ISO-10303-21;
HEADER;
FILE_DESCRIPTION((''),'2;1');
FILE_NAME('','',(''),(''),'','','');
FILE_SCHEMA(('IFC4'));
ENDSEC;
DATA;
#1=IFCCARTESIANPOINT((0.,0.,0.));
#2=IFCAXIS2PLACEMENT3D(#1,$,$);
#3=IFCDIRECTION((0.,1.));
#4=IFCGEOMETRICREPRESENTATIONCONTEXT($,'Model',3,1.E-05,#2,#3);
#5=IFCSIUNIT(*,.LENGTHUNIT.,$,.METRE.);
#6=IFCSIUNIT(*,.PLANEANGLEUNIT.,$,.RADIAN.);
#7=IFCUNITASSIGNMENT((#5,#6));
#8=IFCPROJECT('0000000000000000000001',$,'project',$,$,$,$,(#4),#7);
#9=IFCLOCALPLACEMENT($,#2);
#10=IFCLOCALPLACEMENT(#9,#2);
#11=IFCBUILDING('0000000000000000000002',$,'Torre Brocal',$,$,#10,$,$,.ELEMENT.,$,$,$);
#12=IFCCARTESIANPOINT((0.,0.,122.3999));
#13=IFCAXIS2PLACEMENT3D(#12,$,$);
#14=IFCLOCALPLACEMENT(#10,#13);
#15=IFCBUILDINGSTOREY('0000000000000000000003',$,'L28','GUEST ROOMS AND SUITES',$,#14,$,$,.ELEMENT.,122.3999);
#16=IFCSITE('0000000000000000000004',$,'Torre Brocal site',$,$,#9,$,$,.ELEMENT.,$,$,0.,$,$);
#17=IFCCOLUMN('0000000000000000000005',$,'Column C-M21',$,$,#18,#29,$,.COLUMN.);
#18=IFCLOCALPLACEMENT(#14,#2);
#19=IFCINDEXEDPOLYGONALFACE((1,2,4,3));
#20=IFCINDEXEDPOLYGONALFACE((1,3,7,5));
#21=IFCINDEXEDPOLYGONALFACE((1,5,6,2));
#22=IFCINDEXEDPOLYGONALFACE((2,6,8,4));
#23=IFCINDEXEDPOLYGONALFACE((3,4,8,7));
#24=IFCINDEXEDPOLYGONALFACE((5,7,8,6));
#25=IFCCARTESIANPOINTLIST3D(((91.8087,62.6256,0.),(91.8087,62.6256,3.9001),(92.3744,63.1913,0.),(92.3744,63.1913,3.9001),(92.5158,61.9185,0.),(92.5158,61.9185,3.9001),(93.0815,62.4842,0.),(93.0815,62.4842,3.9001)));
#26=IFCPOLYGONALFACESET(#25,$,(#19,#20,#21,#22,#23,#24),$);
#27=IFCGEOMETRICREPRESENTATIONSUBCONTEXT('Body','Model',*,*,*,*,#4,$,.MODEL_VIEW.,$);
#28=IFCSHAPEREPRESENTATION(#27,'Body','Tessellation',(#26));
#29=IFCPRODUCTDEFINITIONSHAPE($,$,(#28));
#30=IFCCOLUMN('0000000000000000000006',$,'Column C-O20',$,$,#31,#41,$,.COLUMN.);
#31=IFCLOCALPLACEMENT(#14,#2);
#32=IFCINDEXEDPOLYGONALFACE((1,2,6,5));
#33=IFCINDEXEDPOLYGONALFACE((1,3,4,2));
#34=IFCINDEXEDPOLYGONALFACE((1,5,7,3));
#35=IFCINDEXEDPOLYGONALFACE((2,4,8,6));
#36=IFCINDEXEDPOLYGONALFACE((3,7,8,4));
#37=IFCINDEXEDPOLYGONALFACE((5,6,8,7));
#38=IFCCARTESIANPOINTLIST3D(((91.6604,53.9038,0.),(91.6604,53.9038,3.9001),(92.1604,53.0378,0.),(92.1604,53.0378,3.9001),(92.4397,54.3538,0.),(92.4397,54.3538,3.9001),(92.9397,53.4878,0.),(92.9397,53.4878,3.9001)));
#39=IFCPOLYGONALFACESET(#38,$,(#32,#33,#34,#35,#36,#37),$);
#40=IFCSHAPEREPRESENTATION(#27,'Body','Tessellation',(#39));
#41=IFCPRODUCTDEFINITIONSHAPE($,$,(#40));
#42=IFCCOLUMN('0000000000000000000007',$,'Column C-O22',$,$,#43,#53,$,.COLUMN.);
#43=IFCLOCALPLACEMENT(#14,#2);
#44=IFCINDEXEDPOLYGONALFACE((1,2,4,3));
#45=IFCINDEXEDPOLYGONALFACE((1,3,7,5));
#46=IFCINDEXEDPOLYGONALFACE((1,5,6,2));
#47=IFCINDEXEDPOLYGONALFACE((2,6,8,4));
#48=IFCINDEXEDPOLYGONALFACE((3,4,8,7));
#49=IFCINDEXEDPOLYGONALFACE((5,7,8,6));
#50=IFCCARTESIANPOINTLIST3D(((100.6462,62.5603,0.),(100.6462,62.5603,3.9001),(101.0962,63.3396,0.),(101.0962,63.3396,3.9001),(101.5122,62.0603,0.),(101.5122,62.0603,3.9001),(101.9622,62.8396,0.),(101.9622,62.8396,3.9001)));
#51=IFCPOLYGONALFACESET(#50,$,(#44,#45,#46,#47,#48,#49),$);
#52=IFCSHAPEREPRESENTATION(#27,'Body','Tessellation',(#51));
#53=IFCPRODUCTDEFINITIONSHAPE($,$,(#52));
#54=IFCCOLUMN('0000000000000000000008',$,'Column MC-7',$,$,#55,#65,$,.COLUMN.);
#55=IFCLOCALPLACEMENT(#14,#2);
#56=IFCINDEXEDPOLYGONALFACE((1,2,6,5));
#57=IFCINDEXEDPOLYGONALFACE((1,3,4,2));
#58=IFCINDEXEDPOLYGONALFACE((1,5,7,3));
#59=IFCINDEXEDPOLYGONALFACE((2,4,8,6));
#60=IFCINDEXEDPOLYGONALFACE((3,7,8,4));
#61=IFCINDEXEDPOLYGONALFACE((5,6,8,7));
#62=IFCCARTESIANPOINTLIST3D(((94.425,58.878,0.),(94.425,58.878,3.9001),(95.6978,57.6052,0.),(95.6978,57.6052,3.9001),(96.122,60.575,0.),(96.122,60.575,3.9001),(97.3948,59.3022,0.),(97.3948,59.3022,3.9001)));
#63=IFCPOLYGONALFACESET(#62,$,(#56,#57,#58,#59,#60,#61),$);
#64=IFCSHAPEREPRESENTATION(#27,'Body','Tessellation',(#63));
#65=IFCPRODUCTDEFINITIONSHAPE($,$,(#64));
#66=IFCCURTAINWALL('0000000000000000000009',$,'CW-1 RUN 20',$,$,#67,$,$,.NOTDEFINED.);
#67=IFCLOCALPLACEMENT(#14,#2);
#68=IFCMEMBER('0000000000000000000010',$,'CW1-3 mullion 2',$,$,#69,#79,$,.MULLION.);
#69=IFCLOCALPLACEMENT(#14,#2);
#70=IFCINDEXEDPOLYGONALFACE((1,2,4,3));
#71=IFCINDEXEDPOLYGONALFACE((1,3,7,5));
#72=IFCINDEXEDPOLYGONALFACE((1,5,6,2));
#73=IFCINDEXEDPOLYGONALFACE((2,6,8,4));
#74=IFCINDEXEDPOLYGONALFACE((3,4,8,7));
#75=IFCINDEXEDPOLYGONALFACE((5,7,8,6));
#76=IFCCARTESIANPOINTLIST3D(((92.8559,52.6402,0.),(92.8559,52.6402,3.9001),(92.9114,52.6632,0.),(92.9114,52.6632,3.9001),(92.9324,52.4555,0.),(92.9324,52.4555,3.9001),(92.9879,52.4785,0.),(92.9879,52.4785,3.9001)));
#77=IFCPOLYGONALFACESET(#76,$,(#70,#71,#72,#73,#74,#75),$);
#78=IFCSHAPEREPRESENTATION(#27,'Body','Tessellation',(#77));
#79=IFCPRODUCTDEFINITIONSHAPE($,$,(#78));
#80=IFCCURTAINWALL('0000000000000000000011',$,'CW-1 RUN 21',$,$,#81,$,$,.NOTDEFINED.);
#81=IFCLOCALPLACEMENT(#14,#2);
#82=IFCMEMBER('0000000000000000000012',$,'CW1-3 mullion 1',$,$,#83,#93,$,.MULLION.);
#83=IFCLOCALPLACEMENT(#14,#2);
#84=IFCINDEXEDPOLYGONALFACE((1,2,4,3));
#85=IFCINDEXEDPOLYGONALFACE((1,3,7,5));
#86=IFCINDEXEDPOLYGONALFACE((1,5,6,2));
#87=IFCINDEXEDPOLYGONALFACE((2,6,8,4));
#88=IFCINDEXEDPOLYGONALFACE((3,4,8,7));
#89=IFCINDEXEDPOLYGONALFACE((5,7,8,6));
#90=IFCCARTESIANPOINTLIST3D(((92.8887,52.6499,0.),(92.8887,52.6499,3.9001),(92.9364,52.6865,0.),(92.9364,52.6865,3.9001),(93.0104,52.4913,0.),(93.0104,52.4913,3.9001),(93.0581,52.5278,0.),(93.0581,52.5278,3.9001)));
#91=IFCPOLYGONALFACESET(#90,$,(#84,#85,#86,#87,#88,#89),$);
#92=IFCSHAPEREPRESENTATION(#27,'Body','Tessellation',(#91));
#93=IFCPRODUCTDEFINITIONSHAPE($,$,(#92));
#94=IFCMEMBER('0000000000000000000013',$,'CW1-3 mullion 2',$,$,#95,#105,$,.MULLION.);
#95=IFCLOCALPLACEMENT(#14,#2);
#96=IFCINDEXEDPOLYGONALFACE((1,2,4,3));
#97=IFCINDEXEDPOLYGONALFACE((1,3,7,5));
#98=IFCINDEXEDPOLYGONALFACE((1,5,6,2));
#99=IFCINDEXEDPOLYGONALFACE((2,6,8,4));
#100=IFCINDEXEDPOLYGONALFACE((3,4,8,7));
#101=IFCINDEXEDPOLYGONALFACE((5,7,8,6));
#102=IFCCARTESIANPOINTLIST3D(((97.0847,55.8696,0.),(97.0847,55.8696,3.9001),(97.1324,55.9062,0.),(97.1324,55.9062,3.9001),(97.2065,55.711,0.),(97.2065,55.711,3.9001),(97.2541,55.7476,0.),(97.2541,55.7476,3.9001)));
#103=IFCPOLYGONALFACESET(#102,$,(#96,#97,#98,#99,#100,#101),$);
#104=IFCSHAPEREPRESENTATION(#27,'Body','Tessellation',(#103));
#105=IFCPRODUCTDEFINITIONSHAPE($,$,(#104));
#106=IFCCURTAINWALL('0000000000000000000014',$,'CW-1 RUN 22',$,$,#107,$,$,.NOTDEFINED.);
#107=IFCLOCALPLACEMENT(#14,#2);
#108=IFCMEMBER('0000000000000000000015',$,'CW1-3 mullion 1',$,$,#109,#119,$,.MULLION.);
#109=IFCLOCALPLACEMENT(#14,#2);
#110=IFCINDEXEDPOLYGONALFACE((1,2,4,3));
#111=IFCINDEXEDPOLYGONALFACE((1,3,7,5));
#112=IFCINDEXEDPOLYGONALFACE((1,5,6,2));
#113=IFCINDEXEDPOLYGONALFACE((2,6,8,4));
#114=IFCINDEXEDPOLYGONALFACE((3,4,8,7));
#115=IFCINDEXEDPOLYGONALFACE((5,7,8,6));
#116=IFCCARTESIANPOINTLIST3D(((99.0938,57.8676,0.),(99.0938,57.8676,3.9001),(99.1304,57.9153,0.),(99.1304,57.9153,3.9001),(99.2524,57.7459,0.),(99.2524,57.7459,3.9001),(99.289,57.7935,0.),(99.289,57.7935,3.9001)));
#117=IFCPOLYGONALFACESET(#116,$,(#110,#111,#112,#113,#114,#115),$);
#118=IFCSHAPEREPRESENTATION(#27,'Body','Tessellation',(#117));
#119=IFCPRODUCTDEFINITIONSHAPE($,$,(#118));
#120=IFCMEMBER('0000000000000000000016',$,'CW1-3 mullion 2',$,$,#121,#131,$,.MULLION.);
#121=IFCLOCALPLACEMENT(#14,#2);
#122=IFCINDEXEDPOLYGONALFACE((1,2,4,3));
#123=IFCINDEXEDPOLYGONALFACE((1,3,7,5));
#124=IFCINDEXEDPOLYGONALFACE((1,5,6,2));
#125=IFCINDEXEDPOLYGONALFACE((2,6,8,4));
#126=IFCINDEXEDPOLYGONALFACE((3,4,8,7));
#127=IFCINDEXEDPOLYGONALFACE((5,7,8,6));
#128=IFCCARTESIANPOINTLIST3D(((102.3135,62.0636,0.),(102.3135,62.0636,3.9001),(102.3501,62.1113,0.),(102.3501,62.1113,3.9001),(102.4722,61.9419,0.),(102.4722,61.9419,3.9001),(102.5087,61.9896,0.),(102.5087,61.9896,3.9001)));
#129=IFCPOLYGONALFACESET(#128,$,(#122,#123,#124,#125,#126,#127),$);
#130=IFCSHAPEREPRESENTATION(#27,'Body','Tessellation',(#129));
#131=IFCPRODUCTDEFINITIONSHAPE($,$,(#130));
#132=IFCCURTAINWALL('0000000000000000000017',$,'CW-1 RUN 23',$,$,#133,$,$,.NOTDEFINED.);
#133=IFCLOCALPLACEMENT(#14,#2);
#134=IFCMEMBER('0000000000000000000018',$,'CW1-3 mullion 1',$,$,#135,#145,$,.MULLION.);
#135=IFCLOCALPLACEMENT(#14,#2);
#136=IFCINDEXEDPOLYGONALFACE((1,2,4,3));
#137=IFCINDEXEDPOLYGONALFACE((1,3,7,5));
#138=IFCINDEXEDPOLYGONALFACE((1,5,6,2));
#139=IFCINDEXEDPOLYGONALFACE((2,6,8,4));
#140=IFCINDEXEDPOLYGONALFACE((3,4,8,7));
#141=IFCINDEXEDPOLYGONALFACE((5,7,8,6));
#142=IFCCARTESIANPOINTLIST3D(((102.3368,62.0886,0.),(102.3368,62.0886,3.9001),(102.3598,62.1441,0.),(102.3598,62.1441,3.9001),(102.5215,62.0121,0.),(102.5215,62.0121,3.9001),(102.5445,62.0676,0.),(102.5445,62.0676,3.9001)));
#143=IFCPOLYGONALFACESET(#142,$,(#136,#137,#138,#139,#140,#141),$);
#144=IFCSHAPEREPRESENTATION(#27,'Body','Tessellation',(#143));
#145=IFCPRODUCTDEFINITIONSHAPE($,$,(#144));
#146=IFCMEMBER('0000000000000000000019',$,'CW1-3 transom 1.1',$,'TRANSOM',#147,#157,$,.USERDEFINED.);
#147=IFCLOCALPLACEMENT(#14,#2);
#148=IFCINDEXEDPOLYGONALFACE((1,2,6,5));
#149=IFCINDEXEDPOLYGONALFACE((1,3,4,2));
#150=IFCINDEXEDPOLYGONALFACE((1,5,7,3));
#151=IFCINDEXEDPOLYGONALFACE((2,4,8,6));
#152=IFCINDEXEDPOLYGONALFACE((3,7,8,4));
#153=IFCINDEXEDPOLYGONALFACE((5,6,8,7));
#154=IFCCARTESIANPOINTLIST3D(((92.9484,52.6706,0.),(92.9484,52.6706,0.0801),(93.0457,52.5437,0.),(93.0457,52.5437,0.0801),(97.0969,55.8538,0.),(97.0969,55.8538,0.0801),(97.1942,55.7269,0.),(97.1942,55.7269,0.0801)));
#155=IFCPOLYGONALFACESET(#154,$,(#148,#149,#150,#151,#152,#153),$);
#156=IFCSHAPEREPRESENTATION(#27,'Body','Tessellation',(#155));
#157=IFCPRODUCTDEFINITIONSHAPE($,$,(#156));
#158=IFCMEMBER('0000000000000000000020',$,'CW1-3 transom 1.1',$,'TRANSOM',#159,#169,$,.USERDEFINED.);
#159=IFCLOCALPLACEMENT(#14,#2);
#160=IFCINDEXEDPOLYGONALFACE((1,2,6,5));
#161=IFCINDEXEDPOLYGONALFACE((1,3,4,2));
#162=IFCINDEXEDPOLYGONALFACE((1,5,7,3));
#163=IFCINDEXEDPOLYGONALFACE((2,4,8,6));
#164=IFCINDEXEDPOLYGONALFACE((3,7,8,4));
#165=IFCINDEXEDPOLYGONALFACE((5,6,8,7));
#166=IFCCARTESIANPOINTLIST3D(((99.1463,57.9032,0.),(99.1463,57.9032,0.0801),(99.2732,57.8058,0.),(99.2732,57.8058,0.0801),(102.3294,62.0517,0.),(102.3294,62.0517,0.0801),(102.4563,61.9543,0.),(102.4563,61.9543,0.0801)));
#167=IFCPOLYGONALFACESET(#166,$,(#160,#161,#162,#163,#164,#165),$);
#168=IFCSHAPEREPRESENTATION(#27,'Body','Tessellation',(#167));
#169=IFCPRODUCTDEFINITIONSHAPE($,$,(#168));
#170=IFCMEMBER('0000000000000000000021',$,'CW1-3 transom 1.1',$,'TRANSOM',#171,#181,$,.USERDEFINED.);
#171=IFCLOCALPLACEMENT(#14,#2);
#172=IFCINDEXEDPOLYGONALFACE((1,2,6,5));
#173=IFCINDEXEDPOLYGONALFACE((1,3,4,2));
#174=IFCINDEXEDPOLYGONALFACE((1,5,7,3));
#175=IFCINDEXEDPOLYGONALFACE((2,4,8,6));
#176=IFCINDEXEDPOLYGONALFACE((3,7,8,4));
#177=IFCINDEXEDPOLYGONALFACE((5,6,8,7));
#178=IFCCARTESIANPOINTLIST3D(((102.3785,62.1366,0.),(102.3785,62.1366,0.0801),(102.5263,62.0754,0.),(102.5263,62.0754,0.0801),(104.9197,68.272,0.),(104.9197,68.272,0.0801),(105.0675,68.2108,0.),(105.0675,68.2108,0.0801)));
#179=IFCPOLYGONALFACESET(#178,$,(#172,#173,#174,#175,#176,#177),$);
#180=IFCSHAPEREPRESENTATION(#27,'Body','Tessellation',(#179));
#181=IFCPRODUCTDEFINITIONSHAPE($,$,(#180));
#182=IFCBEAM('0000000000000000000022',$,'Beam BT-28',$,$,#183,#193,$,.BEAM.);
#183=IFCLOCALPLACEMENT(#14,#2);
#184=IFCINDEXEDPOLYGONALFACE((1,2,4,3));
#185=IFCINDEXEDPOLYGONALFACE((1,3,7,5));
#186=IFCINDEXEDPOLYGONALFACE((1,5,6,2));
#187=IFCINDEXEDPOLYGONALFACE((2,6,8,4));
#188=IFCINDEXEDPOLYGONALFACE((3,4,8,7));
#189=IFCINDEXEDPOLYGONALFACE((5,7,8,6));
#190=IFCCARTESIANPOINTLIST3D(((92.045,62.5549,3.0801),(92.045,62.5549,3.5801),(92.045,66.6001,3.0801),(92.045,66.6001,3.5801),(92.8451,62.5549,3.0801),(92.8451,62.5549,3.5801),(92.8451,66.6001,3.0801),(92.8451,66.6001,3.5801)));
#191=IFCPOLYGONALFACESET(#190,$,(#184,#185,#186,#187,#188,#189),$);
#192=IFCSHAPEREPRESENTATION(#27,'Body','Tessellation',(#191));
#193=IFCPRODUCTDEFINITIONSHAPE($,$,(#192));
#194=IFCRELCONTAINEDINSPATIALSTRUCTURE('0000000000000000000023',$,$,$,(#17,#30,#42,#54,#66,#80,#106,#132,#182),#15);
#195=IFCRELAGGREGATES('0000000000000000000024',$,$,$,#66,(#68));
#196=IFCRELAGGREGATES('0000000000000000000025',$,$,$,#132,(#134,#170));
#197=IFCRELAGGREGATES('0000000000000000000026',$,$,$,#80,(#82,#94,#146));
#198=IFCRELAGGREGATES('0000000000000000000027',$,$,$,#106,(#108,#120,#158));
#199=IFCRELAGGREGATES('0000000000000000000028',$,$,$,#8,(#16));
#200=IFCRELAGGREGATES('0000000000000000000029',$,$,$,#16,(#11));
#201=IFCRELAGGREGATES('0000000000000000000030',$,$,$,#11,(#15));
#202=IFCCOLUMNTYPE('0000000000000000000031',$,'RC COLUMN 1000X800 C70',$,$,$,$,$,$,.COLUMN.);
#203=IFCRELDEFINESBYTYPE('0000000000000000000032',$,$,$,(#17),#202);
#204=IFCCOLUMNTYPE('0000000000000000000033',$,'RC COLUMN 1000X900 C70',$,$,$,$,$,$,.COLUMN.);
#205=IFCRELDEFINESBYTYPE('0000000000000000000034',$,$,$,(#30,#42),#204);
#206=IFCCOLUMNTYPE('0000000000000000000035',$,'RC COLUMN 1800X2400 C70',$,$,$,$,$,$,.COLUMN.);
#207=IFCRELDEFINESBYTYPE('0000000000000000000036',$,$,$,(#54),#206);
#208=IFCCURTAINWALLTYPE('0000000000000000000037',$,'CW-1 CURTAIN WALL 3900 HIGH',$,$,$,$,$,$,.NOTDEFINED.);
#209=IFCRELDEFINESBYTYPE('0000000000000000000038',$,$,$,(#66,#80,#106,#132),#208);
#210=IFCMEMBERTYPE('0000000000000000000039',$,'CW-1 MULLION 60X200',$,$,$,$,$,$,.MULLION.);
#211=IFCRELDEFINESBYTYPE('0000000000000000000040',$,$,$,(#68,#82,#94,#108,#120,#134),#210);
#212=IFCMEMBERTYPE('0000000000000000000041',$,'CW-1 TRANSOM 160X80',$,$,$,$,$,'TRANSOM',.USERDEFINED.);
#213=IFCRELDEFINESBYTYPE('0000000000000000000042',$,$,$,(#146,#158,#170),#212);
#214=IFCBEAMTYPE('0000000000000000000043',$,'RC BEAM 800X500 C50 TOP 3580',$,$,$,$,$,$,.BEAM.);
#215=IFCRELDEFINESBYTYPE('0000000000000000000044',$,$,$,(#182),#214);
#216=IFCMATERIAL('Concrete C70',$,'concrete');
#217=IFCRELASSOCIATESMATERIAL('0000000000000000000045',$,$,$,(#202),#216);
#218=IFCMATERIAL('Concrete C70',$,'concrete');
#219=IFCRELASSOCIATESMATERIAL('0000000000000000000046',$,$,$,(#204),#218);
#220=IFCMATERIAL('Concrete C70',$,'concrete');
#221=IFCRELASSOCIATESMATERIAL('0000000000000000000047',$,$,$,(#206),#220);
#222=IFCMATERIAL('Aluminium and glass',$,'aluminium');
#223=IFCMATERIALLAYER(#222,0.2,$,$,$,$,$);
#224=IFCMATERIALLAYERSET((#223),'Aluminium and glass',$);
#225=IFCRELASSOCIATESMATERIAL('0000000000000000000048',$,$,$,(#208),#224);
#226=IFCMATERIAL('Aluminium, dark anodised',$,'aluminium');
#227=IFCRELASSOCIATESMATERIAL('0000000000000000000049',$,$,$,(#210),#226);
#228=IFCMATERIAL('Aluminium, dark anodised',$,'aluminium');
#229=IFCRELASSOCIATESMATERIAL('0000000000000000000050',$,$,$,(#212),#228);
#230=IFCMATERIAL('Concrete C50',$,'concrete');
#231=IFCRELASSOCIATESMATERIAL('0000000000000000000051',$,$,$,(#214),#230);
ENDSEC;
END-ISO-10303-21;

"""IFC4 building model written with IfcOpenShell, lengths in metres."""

from ifc_helpers import new_model, si_unit, direction, frame, origin, origin_2d, place, context, subcontext, project, spatial, rectangle, extrude, material, layer, layer_set, material_profile, profile_set, type_object, element, aggregate, save


model = new_model("IFC4")

# Units and contexts
model_context = context("Model", 3, precision=1e-05, world=origin(), true_north=direction((0.0, 1.0)))
body_context = subcontext(model_context, "Body", "Model", "MODEL_VIEW")
ifc_project = project(units=[si_unit("LENGTHUNIT", "METRE"), si_unit("PLANEANGLEUNIT", "RADIAN")], contexts=[model_context])

# Site, building, storey
site_placement = place(None, origin())
site = spatial("IfcSite", under=ifc_project, at=site_placement, Name="Torre Brocal site", CompositionType="ELEMENT", RefElevation=0.0)
building_placement = place(site_placement, origin())
building = spatial("IfcBuilding", under=site, at=building_placement, Name="Torre Brocal", CompositionType="ELEMENT")
storey_placement = place(building_placement, frame((0.0, 0.0, 122.3999)))
storey = spatial("IfcBuildingStorey", under=building, at=storey_placement, Name="L28", Description="GUEST ROOMS AND SUITES", CompositionType="ELEMENT", Elevation=122.3999)

# Columns
ifc_material_1 = material(Name="Concrete C70", Category="concrete")
ifc_material_profile_1 = material_profile(ifc_material_1, rectangle(XDim=1.0, YDim=0.8, at=origin_2d()), Name="RC 1000X800")
ifc_profile_set_1 = profile_set([ifc_material_profile_1], Name="Concrete C70")
column_type_1 = type_object("IfcColumnType", Name="RC COLUMN 1000X800 C70", PredefinedType="COLUMN", material=ifc_profile_set_1)
column_1_placement = place(storey_placement, frame((92.4451, 62.5549, 0.0), z_axis=(0.0, 0.0, 1.0), x_axis=(0.707107, -0.707107, 0.0)))
element("IfcColumn", 1, at=column_1_placement, inside=storey, type_object=column_type_1, Name="Column C-M21", PredefinedType="COLUMN", context=body_context, shape_type="SweptSolid", body=[
    extrude(rectangle(XDim=1.0, YDim=0.8, at=origin_2d()), origin(), (0.0, 0.0, 1.0), 3.9001),
])
ifc_material_2 = material(Name="Concrete C70", Category="concrete")
ifc_material_profile_2 = material_profile(ifc_material_2, rectangle(XDim=1.0, YDim=0.8999, at=origin_2d()), Name="RC 1000X900")
ifc_profile_set_2 = profile_set([ifc_material_profile_2], Name="Concrete C70")
column_type_2 = type_object("IfcColumnType", Name="RC COLUMN 1000X900 C70", PredefinedType="COLUMN", material=ifc_profile_set_2)
for number, where, z_axis, x_axis, name in (
    (2, (92.3, 53.6958, 0.0), (0.0, 0.0, 1.0), (0.5, -0.866025, 0.0), "Column C-O20"),
    (3, (101.3042, 62.7, 0.0), (0.0, 0.0, 1.0), (0.866025, -0.5, 0.0), "Column C-O22"),
):
    element("IfcColumn", number, at=place(storey_placement, frame(where, z_axis=z_axis, x_axis=x_axis)), inside=storey, type_object=column_type_2, Name=name, PredefinedType="COLUMN", context=body_context, shape_type="SweptSolid", body=[
        extrude(rectangle(XDim=1.0, YDim=0.8999, at=origin_2d()), origin(), (0.0, 0.0, 1.0), 3.9001),
    ])
ifc_material_3 = material(Name="Concrete C70", Category="concrete")
ifc_material_profile_3 = material_profile(ifc_material_3, rectangle(XDim=1.8, YDim=2.3999, at=origin_2d()), Name="RC 1800X2400")
ifc_profile_set_3 = profile_set([ifc_material_profile_3], Name="Concrete C70")
column_type_3 = type_object("IfcColumnType", Name="RC COLUMN 1800X2400 C70", PredefinedType="COLUMN", material=ifc_profile_set_3)
column_2_placement = place(storey_placement, frame((95.9099, 59.0901, 0.0), z_axis=(0.0, 0.0, 1.0), x_axis=(0.707107, -0.707107, 0.0)))
element("IfcColumn", 4, at=column_2_placement, inside=storey, type_object=column_type_3, Name="Column MC-7", PredefinedType="COLUMN", context=body_context, shape_type="SweptSolid", body=[
    extrude(rectangle(XDim=1.8, YDim=2.3999, at=origin_2d()), origin(), (0.0, 0.0, 1.0), 3.9001),
])

# Curtain wall, member
ifc_material_4 = material(Name="Aluminium and glass", Category="aluminium")
ifc_layer_1 = layer(ifc_material_4, 0.2)
ifc_layer_set_1 = layer_set([ifc_layer_1], Name="Aluminium and glass")
curtain_wall_type = type_object("IfcCurtainWallType", Name="CW-1 CURTAIN WALL 3900 HIGH", PredefinedType="NOTDEFINED", material=ifc_layer_set_1)
curtain_wall_1_placement = place(storey_placement, origin())
curtain_wall_1 = element("IfcCurtainWall", 5, at=curtain_wall_1_placement, inside=storey, type_object=curtain_wall_type, Name="CW-1 RUN 20", PredefinedType="NOTDEFINED")
ifc_material_5 = material(Name="Aluminium, dark anodised", Category="aluminium")
ifc_material_profile_4 = material_profile(ifc_material_5, rectangle(XDim=0.2, YDim=0.0601, at=origin_2d()), Name="CW-1 MULLION 60X200")
ifc_profile_set_4 = profile_set([ifc_material_profile_4], Name="Aluminium, dark anodised")
member_type_1 = type_object("IfcMemberType", Name="CW-1 MULLION 60X200", PredefinedType="MULLION", material=ifc_profile_set_4)
member_1_placement = place(storey_placement, frame((92.9219, 52.5593, 0.0), z_axis=(0.0, 0.0, 1.0), x_axis=(-0.382683, 0.92388, 0.0)))
member_1 = element("IfcMember", 6, at=member_1_placement, type_object=member_type_1, Name="CW1-3 mullion 2", PredefinedType="MULLION", context=body_context, shape_type="SweptSolid", body=[
    extrude(rectangle(XDim=0.2, YDim=0.0601, at=origin_2d()), origin(), (0.0, 0.0, 1.0), 3.9001),
])
aggregate(curtain_wall_1, [member_1])

# Curtain walls, members
curtain_wall_2_placement = place(storey_placement, origin())
curtain_wall_2 = element("IfcCurtainWall", 7, at=curtain_wall_2_placement, inside=storey, type_object=curtain_wall_type, Name="CW-1 RUN 21", PredefinedType="NOTDEFINED")
member_2_placement = place(storey_placement, frame((92.9734, 52.5889, 0.0), z_axis=(0.0, 0.0, 1.0), x_axis=(-0.608761, 0.793353, 0.0)))
member_2 = element("IfcMember", 8, at=member_2_placement, type_object=member_type_1, Name="CW1-3 mullion 1", PredefinedType="MULLION", context=body_context, shape_type="SweptSolid", body=[
    extrude(rectangle(XDim=0.2, YDim=0.0601, at=origin_2d()), origin(), (0.0, 0.0, 1.0), 3.9001),
])
member_3_placement = place(storey_placement, frame((97.1694, 55.8086, 0.0), z_axis=(0.0, 0.0, 1.0), x_axis=(-0.608761, 0.793353, 0.0)))
member_3 = element("IfcMember", 9, at=member_3_placement, type_object=member_type_1, Name="CW1-3 mullion 2", PredefinedType="MULLION", context=body_context, shape_type="SweptSolid", body=[
    extrude(rectangle(XDim=0.2, YDim=0.0601, at=origin_2d()), origin(), (0.0, 0.0, 1.0), 3.9001),
])
curtain_wall_3_placement = place(storey_placement, origin())
curtain_wall_3 = element("IfcCurtainWall", 10, at=curtain_wall_3_placement, inside=storey, type_object=curtain_wall_type, Name="CW-1 RUN 22", PredefinedType="NOTDEFINED")
member_4_placement = place(storey_placement, frame((99.1914, 57.8306, 0.0), z_axis=(0.0, 0.0, 1.0), x_axis=(-0.793353, 0.608761, 0.0)))
member_4 = element("IfcMember", 11, at=member_4_placement, type_object=member_type_1, Name="CW1-3 mullion 1", PredefinedType="MULLION", context=body_context, shape_type="SweptSolid", body=[
    extrude(rectangle(XDim=0.2, YDim=0.0601, at=origin_2d()), origin(), (0.0, 0.0, 1.0), 3.9001),
])
member_5_placement = place(storey_placement, frame((102.4111, 62.0266, 0.0), z_axis=(0.0, 0.0, 1.0), x_axis=(-0.793353, 0.608761, 0.0)))
member_5 = element("IfcMember", 12, at=member_5_placement, type_object=member_type_1, Name="CW1-3 mullion 2", PredefinedType="MULLION", context=body_context, shape_type="SweptSolid", body=[
    extrude(rectangle(XDim=0.2, YDim=0.0601, at=origin_2d()), origin(), (0.0, 0.0, 1.0), 3.9001),
])

# Curtain wall, member
curtain_wall_4_placement = place(storey_placement, origin())
curtain_wall_4 = element("IfcCurtainWall", 13, at=curtain_wall_4_placement, inside=storey, type_object=curtain_wall_type, Name="CW-1 RUN 23", PredefinedType="NOTDEFINED")
member_6_placement = place(storey_placement, frame((102.4407, 62.0781, 0.0), z_axis=(0.0, 0.0, 1.0), x_axis=(-0.92388, 0.382683, 0.0)))
member_6 = element("IfcMember", 14, at=member_6_placement, type_object=member_type_1, Name="CW1-3 mullion 1", PredefinedType="MULLION", context=body_context, shape_type="SweptSolid", body=[
    extrude(rectangle(XDim=0.2, YDim=0.0601, at=origin_2d()), origin(), (0.0, 0.0, 1.0), 3.9001),
])

# Members
ifc_material_6 = material(Name="Aluminium, dark anodised", Category="aluminium")
ifc_material_profile_5 = material_profile(ifc_material_6, rectangle(XDim=0.1599, YDim=0.0801, at=origin_2d()), Name="CW-1 TRANSOM 160X80")
ifc_profile_set_5 = profile_set([ifc_material_profile_5], Name="Aluminium, dark anodised")
member_type_2 = type_object("IfcMemberType", Name="CW-1 TRANSOM 160X80", ElementType="TRANSOM", PredefinedType="USERDEFINED", material=ifc_profile_set_5)
member_7_placement = place(storey_placement, frame((92.9971, 52.6072, 0.04), z_axis=(0.793363, 0.608749, 0.0), x_axis=(-0.608749, 0.793363, 0.0)))
member_7 = element("IfcMember", 15, at=member_7_placement, type_object=member_type_2, Name="CW1-3 transom 1.1", ObjectType="TRANSOM", PredefinedType="USERDEFINED", context=body_context, shape_type="SweptSolid", body=[
    extrude(rectangle(XDim=0.1599, YDim=0.0801, at=origin_2d()), origin(), (0.0, 0.0, 1.0), 5.229),
])
member_8_placement = place(storey_placement, frame((99.2097, 57.8545, 0.04), z_axis=(0.608749, 0.793363, 0.0), x_axis=(-0.793363, 0.608749, 0.0)))
member_8 = element("IfcMember", 16, at=member_8_placement, type_object=member_type_2, Name="CW1-3 transom 1.1", ObjectType="TRANSOM", PredefinedType="USERDEFINED", context=body_context, shape_type="SweptSolid", body=[
    extrude(rectangle(XDim=0.1599, YDim=0.0801, at=origin_2d()), origin(), (0.0, 0.0, 1.0), 5.229),
])
member_9_placement = place(storey_placement, frame((102.4524, 62.106, 0.04), z_axis=(0.382665, 0.923887, 0.0), x_axis=(-0.923887, 0.382665, 0.0)))
member_9 = element("IfcMember", 17, at=member_9_placement, type_object=member_type_2, Name="CW1-3 transom 1.1", ObjectType="TRANSOM", PredefinedType="USERDEFINED", context=body_context, shape_type="SweptSolid", body=[
    extrude(rectangle(XDim=0.1599, YDim=0.0801, at=origin_2d()), origin(), (0.0, 0.0, 1.0), 6.6409),
])
aggregate(curtain_wall_4, [member_6, member_9])

# Beam
ifc_material_7 = material(Name="Concrete C50", Category="concrete")
ifc_material_profile_6 = material_profile(ifc_material_7, rectangle(XDim=0.8, YDim=0.5, at=origin_2d()), Name="RC 800X500")
ifc_profile_set_6 = profile_set([ifc_material_profile_6], Name="Concrete C50")
beam_type_1 = type_object("IfcBeamType", Name="RC BEAM 800X500 C50 TOP 3580", PredefinedType="BEAM", material=ifc_profile_set_6)
beam_placement = place(storey_placement, frame((92.4451, 62.5549, 3.3301), z_axis=(0.0, 1.0, 0.0), x_axis=(-1.0, 0.0, 0.0)))
element("IfcBeam", 18, at=beam_placement, inside=storey, type_object=beam_type_1, Name="Beam BT-28", PredefinedType="BEAM", context=body_context, shape_type="SweptSolid", body=[
    extrude(rectangle(XDim=0.8, YDim=0.5, at=origin_2d()), origin(), (0.0, 0.0, 1.0), 4.0452),
])

aggregate(curtain_wall_2, [member_2, member_3, member_7])
aggregate(curtain_wall_3, [member_4, member_5, member_8])

save(model, "model.ifc")
